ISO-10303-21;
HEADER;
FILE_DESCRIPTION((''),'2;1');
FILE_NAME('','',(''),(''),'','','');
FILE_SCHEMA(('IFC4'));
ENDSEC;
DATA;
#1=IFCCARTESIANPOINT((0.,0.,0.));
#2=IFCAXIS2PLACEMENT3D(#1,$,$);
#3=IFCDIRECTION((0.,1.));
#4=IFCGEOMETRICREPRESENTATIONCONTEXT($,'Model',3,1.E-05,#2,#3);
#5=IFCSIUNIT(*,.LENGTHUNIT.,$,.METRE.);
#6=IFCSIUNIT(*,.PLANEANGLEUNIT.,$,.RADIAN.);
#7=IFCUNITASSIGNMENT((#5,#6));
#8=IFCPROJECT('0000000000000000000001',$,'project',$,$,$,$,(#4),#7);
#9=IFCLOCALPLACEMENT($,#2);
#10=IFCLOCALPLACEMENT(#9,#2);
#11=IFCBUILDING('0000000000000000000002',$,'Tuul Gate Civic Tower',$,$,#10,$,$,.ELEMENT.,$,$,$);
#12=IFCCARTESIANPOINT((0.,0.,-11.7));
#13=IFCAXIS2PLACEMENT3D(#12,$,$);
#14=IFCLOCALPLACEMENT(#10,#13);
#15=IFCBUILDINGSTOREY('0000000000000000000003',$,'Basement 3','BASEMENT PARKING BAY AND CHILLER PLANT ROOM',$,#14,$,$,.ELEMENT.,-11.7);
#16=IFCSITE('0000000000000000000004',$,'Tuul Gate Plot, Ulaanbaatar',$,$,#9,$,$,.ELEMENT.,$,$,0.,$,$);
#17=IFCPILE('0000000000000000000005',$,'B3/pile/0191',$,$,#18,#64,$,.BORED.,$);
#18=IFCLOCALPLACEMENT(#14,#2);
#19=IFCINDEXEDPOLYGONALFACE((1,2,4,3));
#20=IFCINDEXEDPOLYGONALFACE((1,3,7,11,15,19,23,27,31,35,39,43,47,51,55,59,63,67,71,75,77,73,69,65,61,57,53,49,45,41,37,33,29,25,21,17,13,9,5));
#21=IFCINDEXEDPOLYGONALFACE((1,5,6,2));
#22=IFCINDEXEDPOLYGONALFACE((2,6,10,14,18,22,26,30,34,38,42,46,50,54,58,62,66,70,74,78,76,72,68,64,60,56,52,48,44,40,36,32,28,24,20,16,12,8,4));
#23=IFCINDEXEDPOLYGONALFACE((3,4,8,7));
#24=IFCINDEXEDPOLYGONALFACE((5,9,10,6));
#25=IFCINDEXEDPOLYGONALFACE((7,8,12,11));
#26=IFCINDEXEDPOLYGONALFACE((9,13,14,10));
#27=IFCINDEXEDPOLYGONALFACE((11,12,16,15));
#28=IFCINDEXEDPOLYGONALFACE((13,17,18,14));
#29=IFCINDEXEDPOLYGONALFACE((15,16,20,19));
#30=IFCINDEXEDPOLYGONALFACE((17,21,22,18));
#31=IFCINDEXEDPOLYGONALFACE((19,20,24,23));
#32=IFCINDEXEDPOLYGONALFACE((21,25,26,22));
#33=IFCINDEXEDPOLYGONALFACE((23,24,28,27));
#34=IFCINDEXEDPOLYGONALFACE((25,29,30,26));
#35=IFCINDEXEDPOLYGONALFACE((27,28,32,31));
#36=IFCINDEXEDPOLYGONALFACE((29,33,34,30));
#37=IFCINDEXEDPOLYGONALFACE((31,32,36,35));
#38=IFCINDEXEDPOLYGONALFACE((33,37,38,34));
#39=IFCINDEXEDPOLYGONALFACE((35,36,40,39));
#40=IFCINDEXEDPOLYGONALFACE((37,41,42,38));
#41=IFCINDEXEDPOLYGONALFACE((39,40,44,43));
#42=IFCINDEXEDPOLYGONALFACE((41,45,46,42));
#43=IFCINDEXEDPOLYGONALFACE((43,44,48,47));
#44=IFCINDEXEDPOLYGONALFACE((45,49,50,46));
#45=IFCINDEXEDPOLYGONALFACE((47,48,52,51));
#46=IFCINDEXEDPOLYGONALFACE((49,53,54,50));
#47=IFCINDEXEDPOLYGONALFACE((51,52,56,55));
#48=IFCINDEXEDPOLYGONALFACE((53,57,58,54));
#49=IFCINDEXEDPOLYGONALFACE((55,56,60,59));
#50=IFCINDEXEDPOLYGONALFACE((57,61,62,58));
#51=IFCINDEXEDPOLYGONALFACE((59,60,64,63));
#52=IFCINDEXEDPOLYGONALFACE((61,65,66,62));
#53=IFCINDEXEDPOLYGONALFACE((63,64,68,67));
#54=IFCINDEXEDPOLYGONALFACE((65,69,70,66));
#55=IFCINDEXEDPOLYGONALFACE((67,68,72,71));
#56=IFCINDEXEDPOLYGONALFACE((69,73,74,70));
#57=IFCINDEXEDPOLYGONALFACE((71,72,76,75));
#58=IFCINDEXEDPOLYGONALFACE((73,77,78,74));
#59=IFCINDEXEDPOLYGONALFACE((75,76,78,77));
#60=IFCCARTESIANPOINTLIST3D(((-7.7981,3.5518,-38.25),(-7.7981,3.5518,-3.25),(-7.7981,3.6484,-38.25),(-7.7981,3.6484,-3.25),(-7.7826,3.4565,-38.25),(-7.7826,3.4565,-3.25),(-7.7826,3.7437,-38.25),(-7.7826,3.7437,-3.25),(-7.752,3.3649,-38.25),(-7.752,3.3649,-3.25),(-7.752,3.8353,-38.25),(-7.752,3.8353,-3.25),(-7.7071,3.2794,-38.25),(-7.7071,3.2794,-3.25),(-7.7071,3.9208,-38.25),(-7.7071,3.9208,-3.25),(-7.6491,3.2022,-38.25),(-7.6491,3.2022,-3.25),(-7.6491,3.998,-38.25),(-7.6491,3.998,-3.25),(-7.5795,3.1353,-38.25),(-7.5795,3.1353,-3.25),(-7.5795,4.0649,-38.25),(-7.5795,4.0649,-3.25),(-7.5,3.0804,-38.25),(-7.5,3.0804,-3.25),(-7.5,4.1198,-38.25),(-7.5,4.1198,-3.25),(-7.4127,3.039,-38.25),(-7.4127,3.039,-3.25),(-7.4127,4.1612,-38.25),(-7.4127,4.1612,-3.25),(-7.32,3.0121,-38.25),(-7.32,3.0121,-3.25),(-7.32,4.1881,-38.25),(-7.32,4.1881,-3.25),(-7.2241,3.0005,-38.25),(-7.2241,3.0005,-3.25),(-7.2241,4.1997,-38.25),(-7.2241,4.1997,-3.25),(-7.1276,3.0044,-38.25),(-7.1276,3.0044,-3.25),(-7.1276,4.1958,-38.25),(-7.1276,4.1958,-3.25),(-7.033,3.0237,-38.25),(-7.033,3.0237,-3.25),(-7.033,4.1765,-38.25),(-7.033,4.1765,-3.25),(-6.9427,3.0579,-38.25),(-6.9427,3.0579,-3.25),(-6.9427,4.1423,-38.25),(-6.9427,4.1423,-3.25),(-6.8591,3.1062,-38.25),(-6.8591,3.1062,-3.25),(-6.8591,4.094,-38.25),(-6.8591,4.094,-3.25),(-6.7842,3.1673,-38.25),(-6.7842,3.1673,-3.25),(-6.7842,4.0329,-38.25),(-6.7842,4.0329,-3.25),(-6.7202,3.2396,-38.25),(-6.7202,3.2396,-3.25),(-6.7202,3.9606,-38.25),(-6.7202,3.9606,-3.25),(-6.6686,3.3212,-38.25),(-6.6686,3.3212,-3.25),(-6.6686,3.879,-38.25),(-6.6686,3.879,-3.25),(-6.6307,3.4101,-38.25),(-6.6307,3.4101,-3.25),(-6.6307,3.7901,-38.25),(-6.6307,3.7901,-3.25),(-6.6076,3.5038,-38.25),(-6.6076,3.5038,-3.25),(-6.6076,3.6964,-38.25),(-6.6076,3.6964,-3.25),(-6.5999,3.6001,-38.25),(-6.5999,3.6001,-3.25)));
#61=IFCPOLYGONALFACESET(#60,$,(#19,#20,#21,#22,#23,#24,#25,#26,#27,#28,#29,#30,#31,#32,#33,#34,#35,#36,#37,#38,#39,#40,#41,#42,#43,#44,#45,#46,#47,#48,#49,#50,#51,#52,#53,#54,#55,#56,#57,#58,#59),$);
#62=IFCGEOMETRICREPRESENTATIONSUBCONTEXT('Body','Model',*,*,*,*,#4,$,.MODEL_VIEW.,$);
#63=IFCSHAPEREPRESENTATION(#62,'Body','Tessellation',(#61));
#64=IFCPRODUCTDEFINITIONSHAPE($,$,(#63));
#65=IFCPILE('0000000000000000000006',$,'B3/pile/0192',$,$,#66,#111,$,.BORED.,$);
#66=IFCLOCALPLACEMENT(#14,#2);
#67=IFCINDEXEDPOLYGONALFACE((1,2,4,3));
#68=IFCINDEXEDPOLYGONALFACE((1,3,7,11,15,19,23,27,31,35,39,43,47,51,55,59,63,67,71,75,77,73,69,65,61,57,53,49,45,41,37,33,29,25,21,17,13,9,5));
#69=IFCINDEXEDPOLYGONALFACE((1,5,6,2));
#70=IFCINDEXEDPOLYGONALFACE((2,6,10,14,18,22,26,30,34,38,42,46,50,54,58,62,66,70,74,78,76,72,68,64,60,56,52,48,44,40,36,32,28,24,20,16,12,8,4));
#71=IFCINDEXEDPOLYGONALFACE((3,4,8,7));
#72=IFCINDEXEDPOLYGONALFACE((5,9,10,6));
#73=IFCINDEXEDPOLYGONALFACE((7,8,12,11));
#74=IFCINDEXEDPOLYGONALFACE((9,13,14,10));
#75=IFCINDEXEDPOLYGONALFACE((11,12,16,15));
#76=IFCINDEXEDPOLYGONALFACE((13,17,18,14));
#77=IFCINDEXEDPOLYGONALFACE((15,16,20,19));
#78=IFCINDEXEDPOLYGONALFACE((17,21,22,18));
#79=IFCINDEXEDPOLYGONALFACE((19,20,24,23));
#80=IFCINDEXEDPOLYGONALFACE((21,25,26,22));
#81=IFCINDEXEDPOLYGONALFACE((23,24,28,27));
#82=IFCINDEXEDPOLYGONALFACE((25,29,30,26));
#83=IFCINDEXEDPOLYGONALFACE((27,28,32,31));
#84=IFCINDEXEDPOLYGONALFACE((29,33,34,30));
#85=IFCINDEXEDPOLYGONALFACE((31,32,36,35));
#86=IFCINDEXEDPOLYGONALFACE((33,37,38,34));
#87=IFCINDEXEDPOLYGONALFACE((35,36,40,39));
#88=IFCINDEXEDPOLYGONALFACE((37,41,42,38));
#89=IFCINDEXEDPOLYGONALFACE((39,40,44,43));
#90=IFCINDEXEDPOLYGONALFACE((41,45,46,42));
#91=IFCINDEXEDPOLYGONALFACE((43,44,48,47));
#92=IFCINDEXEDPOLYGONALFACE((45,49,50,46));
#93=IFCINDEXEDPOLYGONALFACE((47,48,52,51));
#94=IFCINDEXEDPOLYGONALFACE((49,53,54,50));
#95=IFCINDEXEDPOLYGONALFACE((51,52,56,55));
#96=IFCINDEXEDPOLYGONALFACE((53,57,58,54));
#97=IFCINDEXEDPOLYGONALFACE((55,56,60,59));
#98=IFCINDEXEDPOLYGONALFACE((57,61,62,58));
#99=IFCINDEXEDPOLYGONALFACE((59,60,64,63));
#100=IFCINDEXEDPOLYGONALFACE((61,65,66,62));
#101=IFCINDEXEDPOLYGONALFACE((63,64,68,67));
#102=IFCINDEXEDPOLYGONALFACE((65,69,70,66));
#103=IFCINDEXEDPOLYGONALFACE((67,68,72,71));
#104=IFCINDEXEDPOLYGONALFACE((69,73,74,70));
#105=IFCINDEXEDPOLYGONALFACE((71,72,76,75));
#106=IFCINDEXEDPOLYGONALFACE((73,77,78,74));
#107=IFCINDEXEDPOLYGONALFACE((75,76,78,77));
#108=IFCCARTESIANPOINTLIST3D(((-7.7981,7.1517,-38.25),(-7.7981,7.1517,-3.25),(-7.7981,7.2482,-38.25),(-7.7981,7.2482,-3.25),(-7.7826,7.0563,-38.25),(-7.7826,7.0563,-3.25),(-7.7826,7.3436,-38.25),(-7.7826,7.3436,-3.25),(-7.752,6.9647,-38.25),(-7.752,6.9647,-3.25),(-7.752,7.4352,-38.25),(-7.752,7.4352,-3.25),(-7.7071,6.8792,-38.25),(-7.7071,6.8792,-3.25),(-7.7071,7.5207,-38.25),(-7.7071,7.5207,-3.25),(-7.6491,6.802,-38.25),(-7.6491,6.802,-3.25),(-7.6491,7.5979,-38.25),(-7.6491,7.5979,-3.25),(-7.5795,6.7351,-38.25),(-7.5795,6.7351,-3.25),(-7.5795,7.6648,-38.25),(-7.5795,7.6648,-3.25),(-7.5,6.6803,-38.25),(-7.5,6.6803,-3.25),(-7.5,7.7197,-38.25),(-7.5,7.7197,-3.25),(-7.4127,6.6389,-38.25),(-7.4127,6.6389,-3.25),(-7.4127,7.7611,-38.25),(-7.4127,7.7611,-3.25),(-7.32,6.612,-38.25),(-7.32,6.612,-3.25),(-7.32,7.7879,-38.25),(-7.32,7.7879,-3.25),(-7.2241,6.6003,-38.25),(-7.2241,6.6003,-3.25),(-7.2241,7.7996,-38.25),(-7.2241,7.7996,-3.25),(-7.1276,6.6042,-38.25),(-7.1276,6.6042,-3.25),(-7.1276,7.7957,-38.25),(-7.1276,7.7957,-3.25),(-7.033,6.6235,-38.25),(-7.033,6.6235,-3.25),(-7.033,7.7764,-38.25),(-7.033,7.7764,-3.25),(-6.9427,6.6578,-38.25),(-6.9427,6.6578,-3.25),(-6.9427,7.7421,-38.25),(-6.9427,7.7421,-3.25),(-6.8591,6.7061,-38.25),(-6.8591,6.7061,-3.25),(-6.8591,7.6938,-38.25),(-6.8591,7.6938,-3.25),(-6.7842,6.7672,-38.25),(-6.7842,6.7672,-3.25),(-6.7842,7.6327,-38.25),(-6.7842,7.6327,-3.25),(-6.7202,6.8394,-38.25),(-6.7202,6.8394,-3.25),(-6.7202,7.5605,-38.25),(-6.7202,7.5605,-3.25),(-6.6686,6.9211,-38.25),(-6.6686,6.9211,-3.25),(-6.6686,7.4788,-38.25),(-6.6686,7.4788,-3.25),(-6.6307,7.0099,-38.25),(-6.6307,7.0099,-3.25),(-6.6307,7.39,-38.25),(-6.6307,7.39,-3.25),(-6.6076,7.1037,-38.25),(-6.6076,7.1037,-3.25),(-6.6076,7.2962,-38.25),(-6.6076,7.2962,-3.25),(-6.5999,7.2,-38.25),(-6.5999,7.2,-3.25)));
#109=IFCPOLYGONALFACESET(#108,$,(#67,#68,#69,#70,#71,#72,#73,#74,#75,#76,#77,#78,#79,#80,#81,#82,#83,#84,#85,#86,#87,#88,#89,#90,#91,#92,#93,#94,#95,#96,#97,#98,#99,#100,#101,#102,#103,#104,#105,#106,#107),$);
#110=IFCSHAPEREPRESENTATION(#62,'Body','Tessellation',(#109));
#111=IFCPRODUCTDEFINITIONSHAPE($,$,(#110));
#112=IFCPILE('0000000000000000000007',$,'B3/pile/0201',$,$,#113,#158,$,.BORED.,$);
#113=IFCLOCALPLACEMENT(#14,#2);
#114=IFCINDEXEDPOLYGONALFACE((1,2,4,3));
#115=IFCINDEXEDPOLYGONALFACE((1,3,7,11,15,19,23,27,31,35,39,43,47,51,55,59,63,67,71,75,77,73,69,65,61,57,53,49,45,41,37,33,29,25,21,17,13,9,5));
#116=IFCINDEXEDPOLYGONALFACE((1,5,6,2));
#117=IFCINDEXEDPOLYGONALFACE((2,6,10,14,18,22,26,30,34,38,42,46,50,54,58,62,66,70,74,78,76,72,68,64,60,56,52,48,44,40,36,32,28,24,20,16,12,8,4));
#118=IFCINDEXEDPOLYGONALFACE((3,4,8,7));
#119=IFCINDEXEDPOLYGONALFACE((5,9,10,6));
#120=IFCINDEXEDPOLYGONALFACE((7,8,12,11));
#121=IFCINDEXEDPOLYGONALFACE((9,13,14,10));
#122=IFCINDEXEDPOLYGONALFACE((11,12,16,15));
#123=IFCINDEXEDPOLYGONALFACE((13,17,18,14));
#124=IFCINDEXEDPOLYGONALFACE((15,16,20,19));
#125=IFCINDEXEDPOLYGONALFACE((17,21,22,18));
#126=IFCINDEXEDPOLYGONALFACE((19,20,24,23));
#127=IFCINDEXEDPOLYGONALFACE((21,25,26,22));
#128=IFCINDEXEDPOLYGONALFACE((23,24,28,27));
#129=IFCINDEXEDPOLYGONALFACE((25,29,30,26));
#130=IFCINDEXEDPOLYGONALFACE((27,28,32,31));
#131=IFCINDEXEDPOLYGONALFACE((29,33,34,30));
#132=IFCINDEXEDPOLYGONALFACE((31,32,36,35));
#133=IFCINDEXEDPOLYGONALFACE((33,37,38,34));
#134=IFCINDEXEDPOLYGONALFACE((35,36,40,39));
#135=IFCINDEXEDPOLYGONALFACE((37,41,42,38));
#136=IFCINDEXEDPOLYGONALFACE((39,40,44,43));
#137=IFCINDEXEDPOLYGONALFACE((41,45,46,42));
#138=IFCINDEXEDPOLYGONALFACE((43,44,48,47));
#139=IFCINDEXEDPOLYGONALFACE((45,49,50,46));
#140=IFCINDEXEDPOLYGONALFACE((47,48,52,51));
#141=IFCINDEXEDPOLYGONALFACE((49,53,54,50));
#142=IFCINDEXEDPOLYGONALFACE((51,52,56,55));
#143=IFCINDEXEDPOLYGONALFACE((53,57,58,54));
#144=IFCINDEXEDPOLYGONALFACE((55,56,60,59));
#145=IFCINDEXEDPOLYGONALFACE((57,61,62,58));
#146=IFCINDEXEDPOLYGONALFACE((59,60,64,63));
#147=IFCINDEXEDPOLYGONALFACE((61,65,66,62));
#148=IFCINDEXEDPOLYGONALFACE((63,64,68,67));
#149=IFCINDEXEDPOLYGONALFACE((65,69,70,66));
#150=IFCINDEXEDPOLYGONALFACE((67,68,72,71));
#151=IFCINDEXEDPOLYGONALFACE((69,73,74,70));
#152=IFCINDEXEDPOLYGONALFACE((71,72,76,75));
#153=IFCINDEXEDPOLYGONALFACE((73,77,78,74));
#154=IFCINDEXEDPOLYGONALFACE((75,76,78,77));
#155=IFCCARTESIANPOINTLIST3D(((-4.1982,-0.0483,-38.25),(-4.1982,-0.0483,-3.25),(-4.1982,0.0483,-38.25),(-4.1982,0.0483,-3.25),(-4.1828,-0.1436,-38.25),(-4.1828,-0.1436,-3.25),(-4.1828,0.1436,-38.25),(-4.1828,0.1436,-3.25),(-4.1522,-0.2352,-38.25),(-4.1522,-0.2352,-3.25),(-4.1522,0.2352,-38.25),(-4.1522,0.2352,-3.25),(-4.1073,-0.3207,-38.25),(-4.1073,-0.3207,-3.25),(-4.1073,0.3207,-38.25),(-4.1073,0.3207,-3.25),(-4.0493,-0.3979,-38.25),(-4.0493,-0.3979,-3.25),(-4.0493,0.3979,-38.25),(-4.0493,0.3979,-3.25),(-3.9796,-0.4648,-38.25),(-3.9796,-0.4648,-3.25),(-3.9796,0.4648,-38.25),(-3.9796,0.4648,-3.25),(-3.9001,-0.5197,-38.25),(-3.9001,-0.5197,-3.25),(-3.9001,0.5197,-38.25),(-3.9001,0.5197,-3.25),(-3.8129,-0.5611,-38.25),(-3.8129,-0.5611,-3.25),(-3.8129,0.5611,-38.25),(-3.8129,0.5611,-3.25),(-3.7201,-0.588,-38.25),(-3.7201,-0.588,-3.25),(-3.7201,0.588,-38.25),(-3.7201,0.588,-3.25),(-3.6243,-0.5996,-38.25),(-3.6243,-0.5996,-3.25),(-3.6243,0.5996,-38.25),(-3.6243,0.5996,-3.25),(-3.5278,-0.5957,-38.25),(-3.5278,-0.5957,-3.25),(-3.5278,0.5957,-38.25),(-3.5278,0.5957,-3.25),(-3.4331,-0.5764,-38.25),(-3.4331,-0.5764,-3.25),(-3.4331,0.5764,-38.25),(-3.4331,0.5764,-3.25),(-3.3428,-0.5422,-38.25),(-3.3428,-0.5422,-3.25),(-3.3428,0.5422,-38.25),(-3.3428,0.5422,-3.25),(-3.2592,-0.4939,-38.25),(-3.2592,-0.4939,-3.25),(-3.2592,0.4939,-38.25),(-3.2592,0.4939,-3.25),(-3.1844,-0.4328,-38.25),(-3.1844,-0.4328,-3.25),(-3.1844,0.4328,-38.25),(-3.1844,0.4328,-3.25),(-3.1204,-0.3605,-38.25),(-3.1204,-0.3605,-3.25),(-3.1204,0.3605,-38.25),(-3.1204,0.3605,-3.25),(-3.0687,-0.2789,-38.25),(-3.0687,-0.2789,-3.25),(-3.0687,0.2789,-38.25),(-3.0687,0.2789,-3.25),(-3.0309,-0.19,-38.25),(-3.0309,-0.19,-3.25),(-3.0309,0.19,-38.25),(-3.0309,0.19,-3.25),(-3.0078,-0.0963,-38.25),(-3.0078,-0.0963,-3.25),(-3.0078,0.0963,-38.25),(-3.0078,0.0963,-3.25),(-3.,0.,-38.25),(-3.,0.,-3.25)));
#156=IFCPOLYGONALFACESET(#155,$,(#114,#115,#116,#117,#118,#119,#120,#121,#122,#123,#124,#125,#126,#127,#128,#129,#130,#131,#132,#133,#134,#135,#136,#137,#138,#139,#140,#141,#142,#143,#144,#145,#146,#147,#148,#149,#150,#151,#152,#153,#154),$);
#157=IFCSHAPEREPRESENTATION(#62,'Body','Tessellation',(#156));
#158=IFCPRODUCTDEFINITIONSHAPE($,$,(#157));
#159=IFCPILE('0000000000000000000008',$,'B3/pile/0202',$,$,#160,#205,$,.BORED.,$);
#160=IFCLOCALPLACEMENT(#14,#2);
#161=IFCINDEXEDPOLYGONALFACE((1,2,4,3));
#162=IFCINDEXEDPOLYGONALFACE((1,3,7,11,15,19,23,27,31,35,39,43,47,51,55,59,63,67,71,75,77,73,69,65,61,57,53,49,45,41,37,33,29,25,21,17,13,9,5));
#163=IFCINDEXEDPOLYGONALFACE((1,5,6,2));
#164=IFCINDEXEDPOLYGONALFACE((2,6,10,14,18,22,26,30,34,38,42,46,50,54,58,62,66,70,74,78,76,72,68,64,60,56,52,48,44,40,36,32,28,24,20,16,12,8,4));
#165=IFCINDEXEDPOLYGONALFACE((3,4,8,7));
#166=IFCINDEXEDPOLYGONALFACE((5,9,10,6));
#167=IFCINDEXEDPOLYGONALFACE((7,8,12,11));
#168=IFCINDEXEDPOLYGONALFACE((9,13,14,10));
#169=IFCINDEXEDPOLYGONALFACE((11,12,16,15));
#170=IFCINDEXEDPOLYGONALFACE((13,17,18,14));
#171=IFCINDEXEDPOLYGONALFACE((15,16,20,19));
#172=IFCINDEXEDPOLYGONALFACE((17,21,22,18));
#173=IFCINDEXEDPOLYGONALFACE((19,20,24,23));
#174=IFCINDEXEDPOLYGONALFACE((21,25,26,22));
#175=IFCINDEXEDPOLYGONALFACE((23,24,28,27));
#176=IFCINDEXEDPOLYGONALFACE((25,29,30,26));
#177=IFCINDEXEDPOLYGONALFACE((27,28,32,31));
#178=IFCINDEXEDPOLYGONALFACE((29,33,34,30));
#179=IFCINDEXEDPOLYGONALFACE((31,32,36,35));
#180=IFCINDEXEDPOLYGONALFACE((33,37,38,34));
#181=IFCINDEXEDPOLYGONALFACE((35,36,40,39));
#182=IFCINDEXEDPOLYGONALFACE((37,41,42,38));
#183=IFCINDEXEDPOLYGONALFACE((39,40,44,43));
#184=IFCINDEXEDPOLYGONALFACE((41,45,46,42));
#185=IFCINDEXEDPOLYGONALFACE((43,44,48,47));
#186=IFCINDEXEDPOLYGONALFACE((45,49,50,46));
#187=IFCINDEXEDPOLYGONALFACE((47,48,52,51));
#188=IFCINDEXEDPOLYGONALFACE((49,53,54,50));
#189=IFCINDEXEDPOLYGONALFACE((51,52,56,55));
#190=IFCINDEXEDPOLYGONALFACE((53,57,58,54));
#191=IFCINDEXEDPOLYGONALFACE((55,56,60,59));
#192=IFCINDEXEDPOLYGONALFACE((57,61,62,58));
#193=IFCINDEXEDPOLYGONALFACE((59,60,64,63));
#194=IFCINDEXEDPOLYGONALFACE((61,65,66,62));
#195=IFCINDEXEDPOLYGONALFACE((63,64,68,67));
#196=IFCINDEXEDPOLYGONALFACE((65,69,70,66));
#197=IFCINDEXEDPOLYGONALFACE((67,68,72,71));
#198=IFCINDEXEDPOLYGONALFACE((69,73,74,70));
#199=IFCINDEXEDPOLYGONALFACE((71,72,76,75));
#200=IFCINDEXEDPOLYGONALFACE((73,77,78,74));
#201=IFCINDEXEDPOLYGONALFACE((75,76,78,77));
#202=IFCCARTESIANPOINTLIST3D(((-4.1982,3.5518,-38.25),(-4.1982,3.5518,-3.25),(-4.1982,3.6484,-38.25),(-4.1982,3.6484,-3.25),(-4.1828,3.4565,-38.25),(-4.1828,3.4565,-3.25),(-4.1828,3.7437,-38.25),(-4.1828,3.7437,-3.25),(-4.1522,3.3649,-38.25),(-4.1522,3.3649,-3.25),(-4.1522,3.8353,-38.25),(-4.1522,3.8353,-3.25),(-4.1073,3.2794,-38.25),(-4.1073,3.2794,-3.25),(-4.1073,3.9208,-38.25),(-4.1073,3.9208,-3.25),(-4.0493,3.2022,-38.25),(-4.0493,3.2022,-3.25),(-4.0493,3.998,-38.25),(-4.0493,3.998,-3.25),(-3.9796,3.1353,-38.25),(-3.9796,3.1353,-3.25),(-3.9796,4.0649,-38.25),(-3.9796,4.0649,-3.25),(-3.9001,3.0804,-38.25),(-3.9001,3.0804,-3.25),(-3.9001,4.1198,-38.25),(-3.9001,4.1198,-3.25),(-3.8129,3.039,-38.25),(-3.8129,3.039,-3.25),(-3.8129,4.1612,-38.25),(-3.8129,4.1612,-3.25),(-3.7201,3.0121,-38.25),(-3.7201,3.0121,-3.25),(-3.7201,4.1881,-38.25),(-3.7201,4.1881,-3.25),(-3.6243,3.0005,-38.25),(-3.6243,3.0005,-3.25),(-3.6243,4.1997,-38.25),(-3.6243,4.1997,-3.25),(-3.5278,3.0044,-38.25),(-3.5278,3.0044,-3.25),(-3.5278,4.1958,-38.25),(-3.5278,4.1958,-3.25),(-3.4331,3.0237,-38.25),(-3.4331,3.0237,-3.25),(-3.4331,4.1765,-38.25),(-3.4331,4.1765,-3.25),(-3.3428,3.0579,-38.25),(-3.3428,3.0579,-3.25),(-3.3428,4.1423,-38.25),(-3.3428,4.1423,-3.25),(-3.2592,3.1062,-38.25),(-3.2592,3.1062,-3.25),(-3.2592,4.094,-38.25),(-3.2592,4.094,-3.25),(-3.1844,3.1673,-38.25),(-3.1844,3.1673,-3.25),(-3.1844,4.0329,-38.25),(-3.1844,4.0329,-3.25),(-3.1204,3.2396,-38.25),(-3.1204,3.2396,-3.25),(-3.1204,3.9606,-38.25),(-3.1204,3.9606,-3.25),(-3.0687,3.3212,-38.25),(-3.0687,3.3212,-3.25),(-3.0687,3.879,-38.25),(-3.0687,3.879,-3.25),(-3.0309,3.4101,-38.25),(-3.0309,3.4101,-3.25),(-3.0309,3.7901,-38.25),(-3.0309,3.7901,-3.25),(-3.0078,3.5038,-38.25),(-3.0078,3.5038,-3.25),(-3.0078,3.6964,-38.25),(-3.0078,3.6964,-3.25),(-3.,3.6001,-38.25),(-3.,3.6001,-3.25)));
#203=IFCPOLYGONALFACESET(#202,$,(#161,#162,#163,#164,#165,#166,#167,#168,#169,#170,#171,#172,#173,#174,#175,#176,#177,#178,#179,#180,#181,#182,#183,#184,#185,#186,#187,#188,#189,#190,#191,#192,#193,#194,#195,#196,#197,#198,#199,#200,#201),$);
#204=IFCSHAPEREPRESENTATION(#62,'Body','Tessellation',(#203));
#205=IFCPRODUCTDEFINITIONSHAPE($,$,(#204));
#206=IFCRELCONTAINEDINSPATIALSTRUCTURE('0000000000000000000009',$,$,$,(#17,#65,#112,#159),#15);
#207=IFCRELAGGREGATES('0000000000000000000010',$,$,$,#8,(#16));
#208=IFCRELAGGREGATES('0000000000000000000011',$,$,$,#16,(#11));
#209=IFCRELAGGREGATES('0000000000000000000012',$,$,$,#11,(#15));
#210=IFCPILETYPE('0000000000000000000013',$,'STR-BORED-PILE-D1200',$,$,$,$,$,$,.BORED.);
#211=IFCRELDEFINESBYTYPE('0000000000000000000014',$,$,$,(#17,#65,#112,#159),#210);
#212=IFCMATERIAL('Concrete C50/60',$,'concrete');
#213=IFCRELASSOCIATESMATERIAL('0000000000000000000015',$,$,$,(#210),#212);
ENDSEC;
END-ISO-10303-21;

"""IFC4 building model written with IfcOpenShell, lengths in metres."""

from ifc_helpers import new_model, si_unit, direction, frame, origin, origin_2d, place, context, subcontext, project, spatial, circle, extrude, material, material_profile, profile_set, type_object, element, save


model = new_model("IFC4")

# Units and contexts
model_context = context("Model", 3, precision=1e-05, world=origin(), true_north=direction((0.0, 1.0)))
body_context = subcontext(model_context, "Body", "Model", "MODEL_VIEW")
ifc_project = project(units=[si_unit("LENGTHUNIT", "METRE"), si_unit("PLANEANGLEUNIT", "RADIAN")], contexts=[model_context])

# Site, building, storey
site_placement = place(None, origin())
site = spatial("IfcSite", under=ifc_project, at=site_placement, Name="Tuul Gate Plot, Ulaanbaatar", CompositionType="ELEMENT", RefElevation=0.0)
building_placement = place(site_placement, origin())
building = spatial("IfcBuilding", under=site, at=building_placement, Name="Tuul Gate Civic Tower", CompositionType="ELEMENT")
storey_placement = place(building_placement, frame((0.0, 0.0, -11.7)))
storey = spatial("IfcBuildingStorey", under=building, at=storey_placement, Name="Basement 3", Description="BASEMENT PARKING BAY AND CHILLER PLANT ROOM", CompositionType="ELEMENT", Elevation=-11.7)

# Piles
ifc_material_1 = material(Name="Concrete C50/60", Category="concrete")
ifc_material_profile_1 = material_profile(ifc_material_1, circle(Radius=0.6001, at=origin_2d()), Name="PILE1200")
ifc_profile_set_1 = profile_set([ifc_material_profile_1], Name="Concrete C50/60")
pile_type = type_object("IfcPileType", Name="STR-BORED-PILE-D1200", PredefinedType="BORED", material=ifc_profile_set_1)
for number, where, z_axis, x_axis, name in (
    (1, (-7.2, 3.6001, -3.25), (0.0, 0.0, -1.0), (1.0, 0.0, 0.0), "B3/pile/0191"),
    (2, (-7.2, 7.2, -3.25), (0.0, 0.0, -1.0), (1.0, 0.0, 0.0), "B3/pile/0192"),
    (3, (-3.6001, 0.0, -3.25), (0.0, 0.0, -1.0), (1.0, 0.0, 0.0), "B3/pile/0201"),
    (4, (-3.6001, 3.6001, -3.25), (0.0, 0.0, -1.0), (1.0, 0.0, 0.0), "B3/pile/0202"),
):
    element("IfcPile", number, at=place(storey_placement, frame(where, z_axis=z_axis, x_axis=x_axis)), inside=storey, type_object=pile_type, Name=name, PredefinedType="BORED", context=body_context, shape_type="SweptSolid", body=[
        extrude(circle(Radius=0.6001, at=origin_2d()), origin(), (0.0, 0.0, 1.0), 35.0),
    ])

save(model, "model.ifc")
